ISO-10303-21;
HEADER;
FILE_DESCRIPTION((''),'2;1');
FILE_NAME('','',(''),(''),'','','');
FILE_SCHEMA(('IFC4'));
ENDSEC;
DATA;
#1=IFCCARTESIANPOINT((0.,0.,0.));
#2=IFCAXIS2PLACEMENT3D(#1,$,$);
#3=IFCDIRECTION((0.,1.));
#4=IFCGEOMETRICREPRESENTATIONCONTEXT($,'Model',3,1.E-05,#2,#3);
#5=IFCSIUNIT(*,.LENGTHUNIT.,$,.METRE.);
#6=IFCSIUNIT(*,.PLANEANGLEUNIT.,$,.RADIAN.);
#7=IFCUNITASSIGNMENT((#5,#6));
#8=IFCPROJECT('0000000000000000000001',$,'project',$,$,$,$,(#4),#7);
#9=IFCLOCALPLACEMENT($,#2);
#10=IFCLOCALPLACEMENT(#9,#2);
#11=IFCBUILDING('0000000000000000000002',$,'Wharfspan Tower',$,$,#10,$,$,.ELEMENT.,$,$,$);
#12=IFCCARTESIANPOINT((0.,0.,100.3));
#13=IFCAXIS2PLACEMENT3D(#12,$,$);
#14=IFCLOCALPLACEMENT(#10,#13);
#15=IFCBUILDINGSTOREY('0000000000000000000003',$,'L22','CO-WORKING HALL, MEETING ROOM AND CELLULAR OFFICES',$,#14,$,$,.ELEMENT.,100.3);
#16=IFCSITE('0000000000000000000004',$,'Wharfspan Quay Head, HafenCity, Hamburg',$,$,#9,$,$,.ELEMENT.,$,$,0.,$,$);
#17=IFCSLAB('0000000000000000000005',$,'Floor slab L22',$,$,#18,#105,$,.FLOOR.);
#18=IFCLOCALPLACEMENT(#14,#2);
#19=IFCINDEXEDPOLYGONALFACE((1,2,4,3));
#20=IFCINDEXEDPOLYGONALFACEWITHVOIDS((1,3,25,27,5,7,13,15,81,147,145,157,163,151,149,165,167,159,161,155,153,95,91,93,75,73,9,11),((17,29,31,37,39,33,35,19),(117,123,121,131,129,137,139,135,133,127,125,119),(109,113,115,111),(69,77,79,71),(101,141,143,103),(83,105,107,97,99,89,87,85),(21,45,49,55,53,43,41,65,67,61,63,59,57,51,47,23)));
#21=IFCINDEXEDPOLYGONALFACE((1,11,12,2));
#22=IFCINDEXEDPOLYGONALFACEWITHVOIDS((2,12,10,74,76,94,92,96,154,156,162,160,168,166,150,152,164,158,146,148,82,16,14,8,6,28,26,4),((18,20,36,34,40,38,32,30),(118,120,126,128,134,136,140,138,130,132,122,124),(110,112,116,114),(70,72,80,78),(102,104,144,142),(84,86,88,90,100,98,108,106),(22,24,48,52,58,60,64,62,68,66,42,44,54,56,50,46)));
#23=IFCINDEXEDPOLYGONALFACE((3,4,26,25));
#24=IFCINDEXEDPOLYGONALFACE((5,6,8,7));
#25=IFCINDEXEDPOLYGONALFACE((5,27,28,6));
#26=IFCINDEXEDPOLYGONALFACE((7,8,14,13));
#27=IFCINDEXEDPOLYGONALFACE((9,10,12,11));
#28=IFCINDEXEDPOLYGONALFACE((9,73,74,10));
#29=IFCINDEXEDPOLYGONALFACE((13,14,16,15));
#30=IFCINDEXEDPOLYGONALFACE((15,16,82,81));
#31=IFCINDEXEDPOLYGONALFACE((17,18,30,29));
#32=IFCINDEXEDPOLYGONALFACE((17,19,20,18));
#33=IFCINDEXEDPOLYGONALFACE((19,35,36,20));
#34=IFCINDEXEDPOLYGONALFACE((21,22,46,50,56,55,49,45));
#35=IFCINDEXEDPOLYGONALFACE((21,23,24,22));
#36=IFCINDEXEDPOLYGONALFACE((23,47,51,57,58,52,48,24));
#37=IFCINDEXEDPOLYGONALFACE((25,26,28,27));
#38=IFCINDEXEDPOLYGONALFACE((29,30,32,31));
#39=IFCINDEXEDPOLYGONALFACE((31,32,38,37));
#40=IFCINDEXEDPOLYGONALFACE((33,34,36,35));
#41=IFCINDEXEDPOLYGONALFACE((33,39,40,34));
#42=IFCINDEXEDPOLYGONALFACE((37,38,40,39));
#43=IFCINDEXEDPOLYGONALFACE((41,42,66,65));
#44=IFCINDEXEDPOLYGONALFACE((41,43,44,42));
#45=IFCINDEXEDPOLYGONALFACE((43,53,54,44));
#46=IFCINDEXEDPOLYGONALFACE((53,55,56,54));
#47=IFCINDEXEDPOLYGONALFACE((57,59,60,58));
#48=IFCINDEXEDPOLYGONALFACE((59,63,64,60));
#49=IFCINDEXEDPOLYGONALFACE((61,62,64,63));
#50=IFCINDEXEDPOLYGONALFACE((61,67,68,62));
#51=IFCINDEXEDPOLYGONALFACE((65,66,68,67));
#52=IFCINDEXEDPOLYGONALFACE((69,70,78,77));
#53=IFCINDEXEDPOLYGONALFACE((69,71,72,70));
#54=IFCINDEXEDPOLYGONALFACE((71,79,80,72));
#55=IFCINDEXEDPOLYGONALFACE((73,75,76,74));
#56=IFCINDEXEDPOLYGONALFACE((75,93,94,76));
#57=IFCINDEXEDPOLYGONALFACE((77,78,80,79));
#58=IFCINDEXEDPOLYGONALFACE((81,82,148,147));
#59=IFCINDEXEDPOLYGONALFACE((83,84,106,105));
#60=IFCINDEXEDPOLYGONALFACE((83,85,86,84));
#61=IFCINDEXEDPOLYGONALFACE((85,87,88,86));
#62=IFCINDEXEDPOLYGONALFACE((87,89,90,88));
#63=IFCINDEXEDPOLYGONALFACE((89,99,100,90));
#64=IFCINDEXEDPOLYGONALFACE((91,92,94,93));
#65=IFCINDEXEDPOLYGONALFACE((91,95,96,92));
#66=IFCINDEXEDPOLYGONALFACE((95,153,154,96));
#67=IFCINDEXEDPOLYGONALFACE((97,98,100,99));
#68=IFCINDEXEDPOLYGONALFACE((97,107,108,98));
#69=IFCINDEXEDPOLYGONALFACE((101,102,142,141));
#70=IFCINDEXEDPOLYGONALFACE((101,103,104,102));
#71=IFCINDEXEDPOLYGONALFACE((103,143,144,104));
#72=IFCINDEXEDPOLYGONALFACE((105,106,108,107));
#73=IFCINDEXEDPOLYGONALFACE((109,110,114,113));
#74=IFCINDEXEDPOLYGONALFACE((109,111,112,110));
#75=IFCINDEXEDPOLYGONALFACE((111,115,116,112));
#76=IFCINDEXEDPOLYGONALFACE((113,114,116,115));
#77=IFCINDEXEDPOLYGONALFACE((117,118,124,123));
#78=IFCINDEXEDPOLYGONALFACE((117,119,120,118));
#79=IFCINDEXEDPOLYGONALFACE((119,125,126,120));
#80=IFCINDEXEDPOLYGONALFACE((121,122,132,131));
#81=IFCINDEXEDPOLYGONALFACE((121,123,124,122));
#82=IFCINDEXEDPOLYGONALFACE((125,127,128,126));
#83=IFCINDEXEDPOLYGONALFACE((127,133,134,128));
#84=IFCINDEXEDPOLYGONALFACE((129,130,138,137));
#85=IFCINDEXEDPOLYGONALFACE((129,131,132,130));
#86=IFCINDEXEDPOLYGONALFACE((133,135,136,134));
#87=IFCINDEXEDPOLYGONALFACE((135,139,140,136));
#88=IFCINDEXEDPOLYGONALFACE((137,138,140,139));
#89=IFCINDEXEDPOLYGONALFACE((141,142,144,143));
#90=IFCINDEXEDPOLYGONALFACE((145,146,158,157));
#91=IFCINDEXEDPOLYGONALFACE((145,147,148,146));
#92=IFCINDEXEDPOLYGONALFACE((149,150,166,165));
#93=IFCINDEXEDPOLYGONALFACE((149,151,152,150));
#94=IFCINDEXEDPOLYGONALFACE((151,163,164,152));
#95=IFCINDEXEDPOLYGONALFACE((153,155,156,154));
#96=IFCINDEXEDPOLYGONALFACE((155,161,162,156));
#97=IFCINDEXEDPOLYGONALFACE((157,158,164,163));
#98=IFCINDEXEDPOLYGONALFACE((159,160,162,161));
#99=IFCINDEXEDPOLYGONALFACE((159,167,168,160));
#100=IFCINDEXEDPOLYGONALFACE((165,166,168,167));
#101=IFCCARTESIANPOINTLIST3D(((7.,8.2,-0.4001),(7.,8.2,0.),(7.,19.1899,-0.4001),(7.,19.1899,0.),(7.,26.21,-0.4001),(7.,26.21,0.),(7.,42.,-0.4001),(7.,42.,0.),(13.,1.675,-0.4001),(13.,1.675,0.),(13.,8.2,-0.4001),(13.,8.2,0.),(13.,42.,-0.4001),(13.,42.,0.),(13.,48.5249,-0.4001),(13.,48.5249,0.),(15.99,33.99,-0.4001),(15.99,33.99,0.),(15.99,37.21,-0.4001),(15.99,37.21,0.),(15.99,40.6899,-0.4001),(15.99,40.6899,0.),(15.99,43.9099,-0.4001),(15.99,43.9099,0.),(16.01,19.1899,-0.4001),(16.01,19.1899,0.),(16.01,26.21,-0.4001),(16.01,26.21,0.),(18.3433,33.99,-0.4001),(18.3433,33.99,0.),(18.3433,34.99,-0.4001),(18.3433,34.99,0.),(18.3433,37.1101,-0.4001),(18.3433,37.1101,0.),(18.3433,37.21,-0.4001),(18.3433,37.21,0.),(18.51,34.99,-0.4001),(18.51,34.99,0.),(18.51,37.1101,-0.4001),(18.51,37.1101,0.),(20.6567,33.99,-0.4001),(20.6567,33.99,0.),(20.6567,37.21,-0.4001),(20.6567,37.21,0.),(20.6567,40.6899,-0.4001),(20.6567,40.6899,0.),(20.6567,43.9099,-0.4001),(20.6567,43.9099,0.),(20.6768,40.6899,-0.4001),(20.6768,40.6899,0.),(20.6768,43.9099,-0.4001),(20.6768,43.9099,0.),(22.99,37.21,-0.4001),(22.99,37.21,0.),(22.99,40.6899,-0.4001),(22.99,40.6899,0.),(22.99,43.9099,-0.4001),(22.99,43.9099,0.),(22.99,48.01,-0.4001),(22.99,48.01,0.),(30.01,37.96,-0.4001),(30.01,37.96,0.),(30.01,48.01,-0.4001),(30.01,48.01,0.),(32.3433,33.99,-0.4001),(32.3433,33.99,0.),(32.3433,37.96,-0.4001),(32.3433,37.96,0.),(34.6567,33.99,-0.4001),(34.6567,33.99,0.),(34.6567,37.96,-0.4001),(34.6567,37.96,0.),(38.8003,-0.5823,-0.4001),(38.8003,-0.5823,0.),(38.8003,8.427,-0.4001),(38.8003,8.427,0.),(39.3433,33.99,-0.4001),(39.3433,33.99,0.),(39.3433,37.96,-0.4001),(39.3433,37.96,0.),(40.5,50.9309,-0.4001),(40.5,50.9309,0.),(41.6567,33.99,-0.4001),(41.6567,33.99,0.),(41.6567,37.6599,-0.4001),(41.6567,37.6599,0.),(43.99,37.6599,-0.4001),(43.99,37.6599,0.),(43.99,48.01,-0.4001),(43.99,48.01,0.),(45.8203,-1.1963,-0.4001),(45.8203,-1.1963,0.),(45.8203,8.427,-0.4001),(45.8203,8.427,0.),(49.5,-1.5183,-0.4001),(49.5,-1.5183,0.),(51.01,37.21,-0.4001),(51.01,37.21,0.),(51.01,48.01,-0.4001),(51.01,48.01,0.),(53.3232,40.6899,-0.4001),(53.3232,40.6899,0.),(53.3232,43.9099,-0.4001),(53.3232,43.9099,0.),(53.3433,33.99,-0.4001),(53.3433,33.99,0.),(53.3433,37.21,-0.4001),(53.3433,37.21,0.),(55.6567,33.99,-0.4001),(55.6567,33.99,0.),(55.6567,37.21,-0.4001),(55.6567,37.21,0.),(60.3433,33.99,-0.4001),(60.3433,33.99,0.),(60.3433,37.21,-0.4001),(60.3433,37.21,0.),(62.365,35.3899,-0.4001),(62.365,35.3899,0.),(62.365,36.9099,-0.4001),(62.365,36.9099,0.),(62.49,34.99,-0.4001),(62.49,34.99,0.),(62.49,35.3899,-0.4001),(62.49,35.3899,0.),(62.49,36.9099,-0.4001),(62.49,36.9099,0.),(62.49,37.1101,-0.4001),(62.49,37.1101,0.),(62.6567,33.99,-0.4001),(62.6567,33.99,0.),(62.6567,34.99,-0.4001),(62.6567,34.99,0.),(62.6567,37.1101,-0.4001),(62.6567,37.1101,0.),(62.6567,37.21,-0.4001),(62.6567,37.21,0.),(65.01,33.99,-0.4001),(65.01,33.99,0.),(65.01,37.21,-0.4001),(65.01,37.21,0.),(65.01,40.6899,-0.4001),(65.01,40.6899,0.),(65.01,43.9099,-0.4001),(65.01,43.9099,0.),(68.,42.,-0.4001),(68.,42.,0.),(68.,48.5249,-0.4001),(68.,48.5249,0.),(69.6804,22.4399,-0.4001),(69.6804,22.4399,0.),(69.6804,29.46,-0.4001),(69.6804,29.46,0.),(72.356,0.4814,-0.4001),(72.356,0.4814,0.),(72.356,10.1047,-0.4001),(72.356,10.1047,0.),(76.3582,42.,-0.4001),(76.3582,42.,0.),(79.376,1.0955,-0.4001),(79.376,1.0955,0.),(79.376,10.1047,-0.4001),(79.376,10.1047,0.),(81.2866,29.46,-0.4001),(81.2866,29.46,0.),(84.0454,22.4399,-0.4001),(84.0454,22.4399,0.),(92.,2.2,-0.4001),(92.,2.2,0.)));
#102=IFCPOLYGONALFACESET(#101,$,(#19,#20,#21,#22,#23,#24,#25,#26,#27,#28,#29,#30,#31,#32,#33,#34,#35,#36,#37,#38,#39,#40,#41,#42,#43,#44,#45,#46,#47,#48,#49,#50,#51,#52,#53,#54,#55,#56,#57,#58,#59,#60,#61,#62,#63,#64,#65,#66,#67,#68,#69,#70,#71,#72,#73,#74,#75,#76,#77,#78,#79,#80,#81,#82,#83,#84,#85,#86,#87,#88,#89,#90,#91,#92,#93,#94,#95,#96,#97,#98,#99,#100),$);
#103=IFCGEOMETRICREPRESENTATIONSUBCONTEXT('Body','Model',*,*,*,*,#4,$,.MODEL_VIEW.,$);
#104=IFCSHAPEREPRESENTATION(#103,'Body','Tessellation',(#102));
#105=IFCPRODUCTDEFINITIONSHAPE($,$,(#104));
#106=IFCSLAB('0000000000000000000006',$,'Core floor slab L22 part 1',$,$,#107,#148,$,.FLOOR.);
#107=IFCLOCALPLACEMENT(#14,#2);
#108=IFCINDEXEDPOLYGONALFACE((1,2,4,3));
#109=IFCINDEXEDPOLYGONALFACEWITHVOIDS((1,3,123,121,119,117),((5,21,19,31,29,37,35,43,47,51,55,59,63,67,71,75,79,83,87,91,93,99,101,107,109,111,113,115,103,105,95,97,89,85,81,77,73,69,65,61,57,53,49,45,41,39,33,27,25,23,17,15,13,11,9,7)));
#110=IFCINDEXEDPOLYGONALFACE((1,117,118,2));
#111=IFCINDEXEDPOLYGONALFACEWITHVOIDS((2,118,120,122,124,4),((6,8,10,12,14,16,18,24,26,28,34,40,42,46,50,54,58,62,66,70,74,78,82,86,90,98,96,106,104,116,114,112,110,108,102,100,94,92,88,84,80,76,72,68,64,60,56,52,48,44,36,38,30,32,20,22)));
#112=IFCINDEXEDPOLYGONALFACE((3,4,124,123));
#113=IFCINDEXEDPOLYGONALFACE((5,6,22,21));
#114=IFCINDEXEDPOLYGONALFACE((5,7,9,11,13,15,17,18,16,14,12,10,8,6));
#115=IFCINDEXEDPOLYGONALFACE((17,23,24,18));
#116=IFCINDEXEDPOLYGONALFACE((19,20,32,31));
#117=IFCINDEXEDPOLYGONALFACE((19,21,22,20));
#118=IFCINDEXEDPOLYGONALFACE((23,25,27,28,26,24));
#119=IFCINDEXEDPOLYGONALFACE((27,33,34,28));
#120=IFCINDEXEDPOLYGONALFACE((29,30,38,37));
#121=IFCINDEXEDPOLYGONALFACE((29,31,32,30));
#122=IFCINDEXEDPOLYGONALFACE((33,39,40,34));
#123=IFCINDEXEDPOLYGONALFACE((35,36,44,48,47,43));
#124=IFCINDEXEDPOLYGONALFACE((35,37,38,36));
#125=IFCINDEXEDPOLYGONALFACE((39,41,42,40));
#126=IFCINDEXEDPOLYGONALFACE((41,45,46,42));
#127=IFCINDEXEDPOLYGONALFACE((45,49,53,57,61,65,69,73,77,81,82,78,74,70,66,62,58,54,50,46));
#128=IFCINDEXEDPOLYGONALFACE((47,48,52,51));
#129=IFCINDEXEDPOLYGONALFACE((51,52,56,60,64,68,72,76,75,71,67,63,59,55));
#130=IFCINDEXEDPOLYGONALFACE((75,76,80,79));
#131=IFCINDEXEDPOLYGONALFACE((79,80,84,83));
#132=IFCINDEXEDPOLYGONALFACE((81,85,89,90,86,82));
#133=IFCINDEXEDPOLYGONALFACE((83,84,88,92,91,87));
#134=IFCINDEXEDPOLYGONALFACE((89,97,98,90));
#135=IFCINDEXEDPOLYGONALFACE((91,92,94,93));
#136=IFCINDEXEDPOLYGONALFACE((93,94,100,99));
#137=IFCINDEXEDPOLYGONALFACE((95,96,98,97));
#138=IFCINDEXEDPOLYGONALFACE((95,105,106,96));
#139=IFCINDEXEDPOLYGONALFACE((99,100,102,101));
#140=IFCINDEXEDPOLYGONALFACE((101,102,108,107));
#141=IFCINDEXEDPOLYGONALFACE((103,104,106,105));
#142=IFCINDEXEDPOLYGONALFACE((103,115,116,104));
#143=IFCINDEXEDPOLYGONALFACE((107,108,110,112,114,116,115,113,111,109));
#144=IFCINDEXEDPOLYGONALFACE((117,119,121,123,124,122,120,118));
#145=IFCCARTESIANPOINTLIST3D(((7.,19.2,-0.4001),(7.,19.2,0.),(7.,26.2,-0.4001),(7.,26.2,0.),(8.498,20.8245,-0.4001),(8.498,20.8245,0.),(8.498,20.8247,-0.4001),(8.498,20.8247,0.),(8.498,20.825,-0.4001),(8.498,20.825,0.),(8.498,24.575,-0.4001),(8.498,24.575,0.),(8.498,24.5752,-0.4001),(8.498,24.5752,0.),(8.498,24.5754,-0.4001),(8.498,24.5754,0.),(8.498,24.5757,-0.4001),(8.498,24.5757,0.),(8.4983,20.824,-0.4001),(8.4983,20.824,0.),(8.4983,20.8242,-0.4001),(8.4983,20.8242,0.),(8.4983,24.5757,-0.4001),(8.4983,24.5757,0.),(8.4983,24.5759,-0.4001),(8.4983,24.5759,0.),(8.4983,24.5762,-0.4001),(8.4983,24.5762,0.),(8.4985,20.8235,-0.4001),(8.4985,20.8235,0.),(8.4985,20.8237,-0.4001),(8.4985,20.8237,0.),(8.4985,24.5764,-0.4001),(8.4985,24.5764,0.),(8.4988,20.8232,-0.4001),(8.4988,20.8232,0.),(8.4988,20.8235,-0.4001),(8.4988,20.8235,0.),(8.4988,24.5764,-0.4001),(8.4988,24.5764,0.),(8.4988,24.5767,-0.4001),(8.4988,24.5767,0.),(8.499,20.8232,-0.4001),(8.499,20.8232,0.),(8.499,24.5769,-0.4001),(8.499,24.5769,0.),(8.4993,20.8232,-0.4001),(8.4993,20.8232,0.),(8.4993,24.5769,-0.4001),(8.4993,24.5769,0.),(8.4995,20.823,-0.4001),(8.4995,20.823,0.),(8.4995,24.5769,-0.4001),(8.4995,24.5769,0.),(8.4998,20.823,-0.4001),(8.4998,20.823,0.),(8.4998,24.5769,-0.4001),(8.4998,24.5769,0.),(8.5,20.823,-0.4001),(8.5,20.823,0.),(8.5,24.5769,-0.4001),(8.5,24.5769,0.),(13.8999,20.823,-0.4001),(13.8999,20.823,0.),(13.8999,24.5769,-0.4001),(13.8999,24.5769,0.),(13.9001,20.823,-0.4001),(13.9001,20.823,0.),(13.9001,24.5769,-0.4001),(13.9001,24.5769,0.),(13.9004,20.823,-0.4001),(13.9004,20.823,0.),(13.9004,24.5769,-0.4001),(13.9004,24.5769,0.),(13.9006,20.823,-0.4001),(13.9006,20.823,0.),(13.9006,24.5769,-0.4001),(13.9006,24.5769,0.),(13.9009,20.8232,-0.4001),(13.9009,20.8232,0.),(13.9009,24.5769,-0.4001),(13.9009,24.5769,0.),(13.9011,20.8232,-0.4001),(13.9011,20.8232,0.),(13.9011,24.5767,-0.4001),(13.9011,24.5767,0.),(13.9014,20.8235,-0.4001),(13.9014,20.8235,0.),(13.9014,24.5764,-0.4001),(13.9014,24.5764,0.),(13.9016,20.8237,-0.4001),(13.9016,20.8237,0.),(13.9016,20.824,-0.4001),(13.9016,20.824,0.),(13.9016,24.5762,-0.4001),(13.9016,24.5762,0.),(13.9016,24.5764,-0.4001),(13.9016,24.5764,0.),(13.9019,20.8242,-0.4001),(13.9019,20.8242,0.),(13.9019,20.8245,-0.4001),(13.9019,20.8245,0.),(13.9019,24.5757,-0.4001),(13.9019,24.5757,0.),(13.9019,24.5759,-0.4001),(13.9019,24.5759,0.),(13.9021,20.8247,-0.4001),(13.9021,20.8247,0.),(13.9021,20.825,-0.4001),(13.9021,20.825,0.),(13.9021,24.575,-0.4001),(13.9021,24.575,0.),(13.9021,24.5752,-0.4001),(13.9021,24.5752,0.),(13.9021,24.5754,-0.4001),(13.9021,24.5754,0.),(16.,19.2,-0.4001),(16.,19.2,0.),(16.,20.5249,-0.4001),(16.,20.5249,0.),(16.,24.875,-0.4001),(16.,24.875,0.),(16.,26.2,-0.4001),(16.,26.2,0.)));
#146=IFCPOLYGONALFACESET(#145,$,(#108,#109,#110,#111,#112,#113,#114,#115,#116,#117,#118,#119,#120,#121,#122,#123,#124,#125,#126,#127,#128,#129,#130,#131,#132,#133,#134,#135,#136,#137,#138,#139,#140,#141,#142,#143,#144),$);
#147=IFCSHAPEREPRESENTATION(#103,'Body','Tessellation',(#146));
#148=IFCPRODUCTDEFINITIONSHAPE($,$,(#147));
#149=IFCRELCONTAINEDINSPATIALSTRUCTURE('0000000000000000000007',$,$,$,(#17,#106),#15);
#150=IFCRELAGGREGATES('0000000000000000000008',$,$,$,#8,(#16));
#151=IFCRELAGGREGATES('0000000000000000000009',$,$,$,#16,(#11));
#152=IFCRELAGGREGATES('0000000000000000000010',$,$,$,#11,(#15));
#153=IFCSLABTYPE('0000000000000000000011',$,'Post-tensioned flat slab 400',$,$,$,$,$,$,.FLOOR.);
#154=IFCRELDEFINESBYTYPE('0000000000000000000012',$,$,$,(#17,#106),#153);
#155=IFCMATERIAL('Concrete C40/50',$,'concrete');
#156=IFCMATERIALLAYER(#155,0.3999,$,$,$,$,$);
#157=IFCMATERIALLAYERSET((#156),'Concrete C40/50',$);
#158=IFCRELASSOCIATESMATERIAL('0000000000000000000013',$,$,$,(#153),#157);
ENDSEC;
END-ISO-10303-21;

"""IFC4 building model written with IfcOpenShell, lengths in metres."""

from ifc_helpers import new_model, si_unit, direction, frame, origin, place, context, subcontext, project, spatial, polyline, outline, extrude, material, layer, layer_set, type_object, element, save


model = new_model("IFC4")

# Units and contexts
model_context = context("Model", 3, precision=1e-05, world=origin(), true_north=direction((0.0, 1.0)))
body_context = subcontext(model_context, "Body", "Model", "MODEL_VIEW")
ifc_project = project(units=[si_unit("LENGTHUNIT", "METRE"), si_unit("PLANEANGLEUNIT", "RADIAN")], contexts=[model_context])

# Site, building, storey
site_placement = place(None, origin())
site = spatial("IfcSite", under=ifc_project, at=site_placement, Name="Wharfspan Quay Head, HafenCity, Hamburg", CompositionType="ELEMENT", RefElevation=0.0)
building_placement = place(site_placement, origin())
building = spatial("IfcBuilding", under=site, at=building_placement, Name="Wharfspan Tower", CompositionType="ELEMENT")
storey_placement = place(building_placement, frame((0.0, 0.0, 100.3)))
storey = spatial("IfcBuildingStorey", under=building, at=storey_placement, Name="L22", Description="CO-WORKING HALL, MEETING ROOM AND CELLULAR OFFICES", CompositionType="ELEMENT", Elevation=100.3)

# Slabs
ifc_material_1 = material(Name="Concrete C40/50", Category="concrete")
ifc_layer_1 = layer(ifc_material_1, 0.3999)
ifc_layer_set_1 = layer_set([ifc_layer_1], Name="Concrete C40/50")
slab_type_1 = type_object("IfcSlabType", Name="Post-tensioned flat slab 400", PredefinedType="FLOOR", material=ifc_layer_set_1)
slab_1_placement = place(storey_placement, frame((0.0, 0.0, -0.4001)))
element("IfcSlab", 1, at=slab_1_placement, inside=storey, type_object=slab_type_1, Name="Floor slab L22", PredefinedType="FLOOR", context=body_context, shape_type="SweptSolid", body=[
    extrude(outline(polyline([(38.8003, -0.5823), (38.8003, 8.427), (45.8203, 8.427), (45.8203, -1.1963), (49.5, -1.5183), (72.356, 0.4814), (72.356, 10.1047), (79.376, 10.1047), (79.376, 1.0955), (92.0, 2.2), (84.0454, 22.4399), (69.6804, 22.4399), (69.6804, 29.46), (81.2866, 29.46), (76.3582, 42.0), (68.0, 42.0), (68.0, 48.5249), (40.5, 50.9309), (13.0, 48.5249), (13.0, 42.0), (7.0, 42.0), (7.0, 26.21), (16.01, 26.21), (16.01, 19.1899), (7.0, 19.1899), (7.0, 8.2), (13.0, 8.2), (13.0, 1.675), (38.8003, -0.5823)]), holes=[polyline([(62.49, 35.3899), (62.365, 35.3899), (62.365, 36.9099), (62.49, 36.9099), (62.49, 37.1101), (62.6567, 37.1101), (62.6567, 37.21), (65.01, 37.21), (65.01, 33.99), (62.6567, 33.99), (62.6567, 34.99), (62.49, 34.99), (62.49, 35.3899)]), polyline([(65.01, 43.9099), (65.01, 40.6899), (53.3232, 40.6899), (53.3232, 43.9099), (65.01, 43.9099)]), polyline([(55.6567, 33.99), (55.6567, 37.21), (60.3433, 37.21), (60.3433, 33.99), (55.6567, 33.99)]), polyline([(43.99, 37.6599), (43.99, 48.01), (51.01, 48.01), (51.01, 37.21), (53.3433, 37.21), (53.3433, 33.99), (41.6567, 33.99), (41.6567, 37.6599), (43.99, 37.6599)]), polyline([(34.6567, 33.99), (34.6567, 37.96), (39.3433, 37.96), (39.3433, 33.99), (34.6567, 33.99)]), polyline([(20.6567, 37.21), (22.99, 37.21), (22.99, 40.6899), (20.6768, 40.6899), (20.6567, 40.6899), (15.99, 40.6899), (15.99, 43.9099), (20.6567, 43.9099), (20.6768, 43.9099), (22.99, 43.9099), (22.99, 48.01), (30.01, 48.01), (30.01, 37.96), (32.3433, 37.96), (32.3433, 33.99), (20.6567, 33.99), (20.6567, 37.21)]), polyline([(18.51, 34.99), (18.3433, 34.99), (18.3433, 33.99), (15.99, 33.99), (15.99, 37.21), (18.3433, 37.21), (18.3433, 37.1101), (18.51, 37.1101), (18.51, 34.99)])]), origin(), (0.0, 0.0, 1.0), 0.4001),
])
slab_2_placement = place(storey_placement, frame((0.0, 0.0, -0.4001)))
element("IfcSlab", 2, at=slab_2_placement, inside=storey, type_object=slab_type_1, Name="Core floor slab L22 part 1", PredefinedType="FLOOR", context=body_context, shape_type="SweptSolid", body=[
    extrude(outline(polyline([(16.0, 20.5249), (16.0, 24.875), (16.0, 26.2), (7.0, 26.2), (7.0, 19.2), (16.0, 19.2), (16.0, 20.5249)]), holes=[polyline([(13.9021, 20.825), (13.9021, 20.8247), (13.9021, 20.8247), (13.9019, 20.8245), (13.9019, 20.8242), (13.9019, 20.8242), (13.9016, 20.824), (13.9016, 20.8237), (13.9014, 20.8235), (13.9014, 20.8235), (13.9011, 20.8232), (13.9009, 20.8232), (13.9009, 20.8232), (13.9006, 20.823), (13.9004, 20.823), (13.9001, 20.823), (13.8999, 20.823), (8.5, 20.823), (8.4998, 20.823), (8.4995, 20.823), (8.4995, 20.823), (8.4993, 20.8232), (8.499, 20.8232), (8.4988, 20.8232), (8.4988, 20.8235), (8.4985, 20.8235), (8.4985, 20.8237), (8.4983, 20.824), (8.4983, 20.8242), (8.4983, 20.8242), (8.498, 20.8245), (8.498, 20.8247), (8.498, 20.8247), (8.498, 20.825), (8.498, 24.575), (8.498, 24.5752), (8.498, 24.5754), (8.498, 24.5757), (8.4983, 24.5757), (8.4983, 24.5759), (8.4983, 24.5762), (8.4985, 24.5764), (8.4985, 24.5764), (8.4988, 24.5764), (8.4988, 24.5767), (8.499, 24.5769), (8.4993, 24.5769), (8.4995, 24.5769), (8.4995, 24.5769), (8.4998, 24.5769), (8.5, 24.5769), (13.8999, 24.5769), (13.9001, 24.5769), (13.9004, 24.5769), (13.9006, 24.5769), (13.9009, 24.5769), (13.9009, 24.5769), (13.9011, 24.5767), (13.9014, 24.5764), (13.9014, 24.5764), (13.9016, 24.5764), (13.9016, 24.5762), (13.9019, 24.5759), (13.9019, 24.5757), (13.9019, 24.5757), (13.9021, 24.5754), (13.9021, 24.5752), (13.9021, 24.575), (13.9021, 20.825)])]), origin(), (0.0, 0.0, 1.0), 0.4001),
])

save(model, "model.ifc")
